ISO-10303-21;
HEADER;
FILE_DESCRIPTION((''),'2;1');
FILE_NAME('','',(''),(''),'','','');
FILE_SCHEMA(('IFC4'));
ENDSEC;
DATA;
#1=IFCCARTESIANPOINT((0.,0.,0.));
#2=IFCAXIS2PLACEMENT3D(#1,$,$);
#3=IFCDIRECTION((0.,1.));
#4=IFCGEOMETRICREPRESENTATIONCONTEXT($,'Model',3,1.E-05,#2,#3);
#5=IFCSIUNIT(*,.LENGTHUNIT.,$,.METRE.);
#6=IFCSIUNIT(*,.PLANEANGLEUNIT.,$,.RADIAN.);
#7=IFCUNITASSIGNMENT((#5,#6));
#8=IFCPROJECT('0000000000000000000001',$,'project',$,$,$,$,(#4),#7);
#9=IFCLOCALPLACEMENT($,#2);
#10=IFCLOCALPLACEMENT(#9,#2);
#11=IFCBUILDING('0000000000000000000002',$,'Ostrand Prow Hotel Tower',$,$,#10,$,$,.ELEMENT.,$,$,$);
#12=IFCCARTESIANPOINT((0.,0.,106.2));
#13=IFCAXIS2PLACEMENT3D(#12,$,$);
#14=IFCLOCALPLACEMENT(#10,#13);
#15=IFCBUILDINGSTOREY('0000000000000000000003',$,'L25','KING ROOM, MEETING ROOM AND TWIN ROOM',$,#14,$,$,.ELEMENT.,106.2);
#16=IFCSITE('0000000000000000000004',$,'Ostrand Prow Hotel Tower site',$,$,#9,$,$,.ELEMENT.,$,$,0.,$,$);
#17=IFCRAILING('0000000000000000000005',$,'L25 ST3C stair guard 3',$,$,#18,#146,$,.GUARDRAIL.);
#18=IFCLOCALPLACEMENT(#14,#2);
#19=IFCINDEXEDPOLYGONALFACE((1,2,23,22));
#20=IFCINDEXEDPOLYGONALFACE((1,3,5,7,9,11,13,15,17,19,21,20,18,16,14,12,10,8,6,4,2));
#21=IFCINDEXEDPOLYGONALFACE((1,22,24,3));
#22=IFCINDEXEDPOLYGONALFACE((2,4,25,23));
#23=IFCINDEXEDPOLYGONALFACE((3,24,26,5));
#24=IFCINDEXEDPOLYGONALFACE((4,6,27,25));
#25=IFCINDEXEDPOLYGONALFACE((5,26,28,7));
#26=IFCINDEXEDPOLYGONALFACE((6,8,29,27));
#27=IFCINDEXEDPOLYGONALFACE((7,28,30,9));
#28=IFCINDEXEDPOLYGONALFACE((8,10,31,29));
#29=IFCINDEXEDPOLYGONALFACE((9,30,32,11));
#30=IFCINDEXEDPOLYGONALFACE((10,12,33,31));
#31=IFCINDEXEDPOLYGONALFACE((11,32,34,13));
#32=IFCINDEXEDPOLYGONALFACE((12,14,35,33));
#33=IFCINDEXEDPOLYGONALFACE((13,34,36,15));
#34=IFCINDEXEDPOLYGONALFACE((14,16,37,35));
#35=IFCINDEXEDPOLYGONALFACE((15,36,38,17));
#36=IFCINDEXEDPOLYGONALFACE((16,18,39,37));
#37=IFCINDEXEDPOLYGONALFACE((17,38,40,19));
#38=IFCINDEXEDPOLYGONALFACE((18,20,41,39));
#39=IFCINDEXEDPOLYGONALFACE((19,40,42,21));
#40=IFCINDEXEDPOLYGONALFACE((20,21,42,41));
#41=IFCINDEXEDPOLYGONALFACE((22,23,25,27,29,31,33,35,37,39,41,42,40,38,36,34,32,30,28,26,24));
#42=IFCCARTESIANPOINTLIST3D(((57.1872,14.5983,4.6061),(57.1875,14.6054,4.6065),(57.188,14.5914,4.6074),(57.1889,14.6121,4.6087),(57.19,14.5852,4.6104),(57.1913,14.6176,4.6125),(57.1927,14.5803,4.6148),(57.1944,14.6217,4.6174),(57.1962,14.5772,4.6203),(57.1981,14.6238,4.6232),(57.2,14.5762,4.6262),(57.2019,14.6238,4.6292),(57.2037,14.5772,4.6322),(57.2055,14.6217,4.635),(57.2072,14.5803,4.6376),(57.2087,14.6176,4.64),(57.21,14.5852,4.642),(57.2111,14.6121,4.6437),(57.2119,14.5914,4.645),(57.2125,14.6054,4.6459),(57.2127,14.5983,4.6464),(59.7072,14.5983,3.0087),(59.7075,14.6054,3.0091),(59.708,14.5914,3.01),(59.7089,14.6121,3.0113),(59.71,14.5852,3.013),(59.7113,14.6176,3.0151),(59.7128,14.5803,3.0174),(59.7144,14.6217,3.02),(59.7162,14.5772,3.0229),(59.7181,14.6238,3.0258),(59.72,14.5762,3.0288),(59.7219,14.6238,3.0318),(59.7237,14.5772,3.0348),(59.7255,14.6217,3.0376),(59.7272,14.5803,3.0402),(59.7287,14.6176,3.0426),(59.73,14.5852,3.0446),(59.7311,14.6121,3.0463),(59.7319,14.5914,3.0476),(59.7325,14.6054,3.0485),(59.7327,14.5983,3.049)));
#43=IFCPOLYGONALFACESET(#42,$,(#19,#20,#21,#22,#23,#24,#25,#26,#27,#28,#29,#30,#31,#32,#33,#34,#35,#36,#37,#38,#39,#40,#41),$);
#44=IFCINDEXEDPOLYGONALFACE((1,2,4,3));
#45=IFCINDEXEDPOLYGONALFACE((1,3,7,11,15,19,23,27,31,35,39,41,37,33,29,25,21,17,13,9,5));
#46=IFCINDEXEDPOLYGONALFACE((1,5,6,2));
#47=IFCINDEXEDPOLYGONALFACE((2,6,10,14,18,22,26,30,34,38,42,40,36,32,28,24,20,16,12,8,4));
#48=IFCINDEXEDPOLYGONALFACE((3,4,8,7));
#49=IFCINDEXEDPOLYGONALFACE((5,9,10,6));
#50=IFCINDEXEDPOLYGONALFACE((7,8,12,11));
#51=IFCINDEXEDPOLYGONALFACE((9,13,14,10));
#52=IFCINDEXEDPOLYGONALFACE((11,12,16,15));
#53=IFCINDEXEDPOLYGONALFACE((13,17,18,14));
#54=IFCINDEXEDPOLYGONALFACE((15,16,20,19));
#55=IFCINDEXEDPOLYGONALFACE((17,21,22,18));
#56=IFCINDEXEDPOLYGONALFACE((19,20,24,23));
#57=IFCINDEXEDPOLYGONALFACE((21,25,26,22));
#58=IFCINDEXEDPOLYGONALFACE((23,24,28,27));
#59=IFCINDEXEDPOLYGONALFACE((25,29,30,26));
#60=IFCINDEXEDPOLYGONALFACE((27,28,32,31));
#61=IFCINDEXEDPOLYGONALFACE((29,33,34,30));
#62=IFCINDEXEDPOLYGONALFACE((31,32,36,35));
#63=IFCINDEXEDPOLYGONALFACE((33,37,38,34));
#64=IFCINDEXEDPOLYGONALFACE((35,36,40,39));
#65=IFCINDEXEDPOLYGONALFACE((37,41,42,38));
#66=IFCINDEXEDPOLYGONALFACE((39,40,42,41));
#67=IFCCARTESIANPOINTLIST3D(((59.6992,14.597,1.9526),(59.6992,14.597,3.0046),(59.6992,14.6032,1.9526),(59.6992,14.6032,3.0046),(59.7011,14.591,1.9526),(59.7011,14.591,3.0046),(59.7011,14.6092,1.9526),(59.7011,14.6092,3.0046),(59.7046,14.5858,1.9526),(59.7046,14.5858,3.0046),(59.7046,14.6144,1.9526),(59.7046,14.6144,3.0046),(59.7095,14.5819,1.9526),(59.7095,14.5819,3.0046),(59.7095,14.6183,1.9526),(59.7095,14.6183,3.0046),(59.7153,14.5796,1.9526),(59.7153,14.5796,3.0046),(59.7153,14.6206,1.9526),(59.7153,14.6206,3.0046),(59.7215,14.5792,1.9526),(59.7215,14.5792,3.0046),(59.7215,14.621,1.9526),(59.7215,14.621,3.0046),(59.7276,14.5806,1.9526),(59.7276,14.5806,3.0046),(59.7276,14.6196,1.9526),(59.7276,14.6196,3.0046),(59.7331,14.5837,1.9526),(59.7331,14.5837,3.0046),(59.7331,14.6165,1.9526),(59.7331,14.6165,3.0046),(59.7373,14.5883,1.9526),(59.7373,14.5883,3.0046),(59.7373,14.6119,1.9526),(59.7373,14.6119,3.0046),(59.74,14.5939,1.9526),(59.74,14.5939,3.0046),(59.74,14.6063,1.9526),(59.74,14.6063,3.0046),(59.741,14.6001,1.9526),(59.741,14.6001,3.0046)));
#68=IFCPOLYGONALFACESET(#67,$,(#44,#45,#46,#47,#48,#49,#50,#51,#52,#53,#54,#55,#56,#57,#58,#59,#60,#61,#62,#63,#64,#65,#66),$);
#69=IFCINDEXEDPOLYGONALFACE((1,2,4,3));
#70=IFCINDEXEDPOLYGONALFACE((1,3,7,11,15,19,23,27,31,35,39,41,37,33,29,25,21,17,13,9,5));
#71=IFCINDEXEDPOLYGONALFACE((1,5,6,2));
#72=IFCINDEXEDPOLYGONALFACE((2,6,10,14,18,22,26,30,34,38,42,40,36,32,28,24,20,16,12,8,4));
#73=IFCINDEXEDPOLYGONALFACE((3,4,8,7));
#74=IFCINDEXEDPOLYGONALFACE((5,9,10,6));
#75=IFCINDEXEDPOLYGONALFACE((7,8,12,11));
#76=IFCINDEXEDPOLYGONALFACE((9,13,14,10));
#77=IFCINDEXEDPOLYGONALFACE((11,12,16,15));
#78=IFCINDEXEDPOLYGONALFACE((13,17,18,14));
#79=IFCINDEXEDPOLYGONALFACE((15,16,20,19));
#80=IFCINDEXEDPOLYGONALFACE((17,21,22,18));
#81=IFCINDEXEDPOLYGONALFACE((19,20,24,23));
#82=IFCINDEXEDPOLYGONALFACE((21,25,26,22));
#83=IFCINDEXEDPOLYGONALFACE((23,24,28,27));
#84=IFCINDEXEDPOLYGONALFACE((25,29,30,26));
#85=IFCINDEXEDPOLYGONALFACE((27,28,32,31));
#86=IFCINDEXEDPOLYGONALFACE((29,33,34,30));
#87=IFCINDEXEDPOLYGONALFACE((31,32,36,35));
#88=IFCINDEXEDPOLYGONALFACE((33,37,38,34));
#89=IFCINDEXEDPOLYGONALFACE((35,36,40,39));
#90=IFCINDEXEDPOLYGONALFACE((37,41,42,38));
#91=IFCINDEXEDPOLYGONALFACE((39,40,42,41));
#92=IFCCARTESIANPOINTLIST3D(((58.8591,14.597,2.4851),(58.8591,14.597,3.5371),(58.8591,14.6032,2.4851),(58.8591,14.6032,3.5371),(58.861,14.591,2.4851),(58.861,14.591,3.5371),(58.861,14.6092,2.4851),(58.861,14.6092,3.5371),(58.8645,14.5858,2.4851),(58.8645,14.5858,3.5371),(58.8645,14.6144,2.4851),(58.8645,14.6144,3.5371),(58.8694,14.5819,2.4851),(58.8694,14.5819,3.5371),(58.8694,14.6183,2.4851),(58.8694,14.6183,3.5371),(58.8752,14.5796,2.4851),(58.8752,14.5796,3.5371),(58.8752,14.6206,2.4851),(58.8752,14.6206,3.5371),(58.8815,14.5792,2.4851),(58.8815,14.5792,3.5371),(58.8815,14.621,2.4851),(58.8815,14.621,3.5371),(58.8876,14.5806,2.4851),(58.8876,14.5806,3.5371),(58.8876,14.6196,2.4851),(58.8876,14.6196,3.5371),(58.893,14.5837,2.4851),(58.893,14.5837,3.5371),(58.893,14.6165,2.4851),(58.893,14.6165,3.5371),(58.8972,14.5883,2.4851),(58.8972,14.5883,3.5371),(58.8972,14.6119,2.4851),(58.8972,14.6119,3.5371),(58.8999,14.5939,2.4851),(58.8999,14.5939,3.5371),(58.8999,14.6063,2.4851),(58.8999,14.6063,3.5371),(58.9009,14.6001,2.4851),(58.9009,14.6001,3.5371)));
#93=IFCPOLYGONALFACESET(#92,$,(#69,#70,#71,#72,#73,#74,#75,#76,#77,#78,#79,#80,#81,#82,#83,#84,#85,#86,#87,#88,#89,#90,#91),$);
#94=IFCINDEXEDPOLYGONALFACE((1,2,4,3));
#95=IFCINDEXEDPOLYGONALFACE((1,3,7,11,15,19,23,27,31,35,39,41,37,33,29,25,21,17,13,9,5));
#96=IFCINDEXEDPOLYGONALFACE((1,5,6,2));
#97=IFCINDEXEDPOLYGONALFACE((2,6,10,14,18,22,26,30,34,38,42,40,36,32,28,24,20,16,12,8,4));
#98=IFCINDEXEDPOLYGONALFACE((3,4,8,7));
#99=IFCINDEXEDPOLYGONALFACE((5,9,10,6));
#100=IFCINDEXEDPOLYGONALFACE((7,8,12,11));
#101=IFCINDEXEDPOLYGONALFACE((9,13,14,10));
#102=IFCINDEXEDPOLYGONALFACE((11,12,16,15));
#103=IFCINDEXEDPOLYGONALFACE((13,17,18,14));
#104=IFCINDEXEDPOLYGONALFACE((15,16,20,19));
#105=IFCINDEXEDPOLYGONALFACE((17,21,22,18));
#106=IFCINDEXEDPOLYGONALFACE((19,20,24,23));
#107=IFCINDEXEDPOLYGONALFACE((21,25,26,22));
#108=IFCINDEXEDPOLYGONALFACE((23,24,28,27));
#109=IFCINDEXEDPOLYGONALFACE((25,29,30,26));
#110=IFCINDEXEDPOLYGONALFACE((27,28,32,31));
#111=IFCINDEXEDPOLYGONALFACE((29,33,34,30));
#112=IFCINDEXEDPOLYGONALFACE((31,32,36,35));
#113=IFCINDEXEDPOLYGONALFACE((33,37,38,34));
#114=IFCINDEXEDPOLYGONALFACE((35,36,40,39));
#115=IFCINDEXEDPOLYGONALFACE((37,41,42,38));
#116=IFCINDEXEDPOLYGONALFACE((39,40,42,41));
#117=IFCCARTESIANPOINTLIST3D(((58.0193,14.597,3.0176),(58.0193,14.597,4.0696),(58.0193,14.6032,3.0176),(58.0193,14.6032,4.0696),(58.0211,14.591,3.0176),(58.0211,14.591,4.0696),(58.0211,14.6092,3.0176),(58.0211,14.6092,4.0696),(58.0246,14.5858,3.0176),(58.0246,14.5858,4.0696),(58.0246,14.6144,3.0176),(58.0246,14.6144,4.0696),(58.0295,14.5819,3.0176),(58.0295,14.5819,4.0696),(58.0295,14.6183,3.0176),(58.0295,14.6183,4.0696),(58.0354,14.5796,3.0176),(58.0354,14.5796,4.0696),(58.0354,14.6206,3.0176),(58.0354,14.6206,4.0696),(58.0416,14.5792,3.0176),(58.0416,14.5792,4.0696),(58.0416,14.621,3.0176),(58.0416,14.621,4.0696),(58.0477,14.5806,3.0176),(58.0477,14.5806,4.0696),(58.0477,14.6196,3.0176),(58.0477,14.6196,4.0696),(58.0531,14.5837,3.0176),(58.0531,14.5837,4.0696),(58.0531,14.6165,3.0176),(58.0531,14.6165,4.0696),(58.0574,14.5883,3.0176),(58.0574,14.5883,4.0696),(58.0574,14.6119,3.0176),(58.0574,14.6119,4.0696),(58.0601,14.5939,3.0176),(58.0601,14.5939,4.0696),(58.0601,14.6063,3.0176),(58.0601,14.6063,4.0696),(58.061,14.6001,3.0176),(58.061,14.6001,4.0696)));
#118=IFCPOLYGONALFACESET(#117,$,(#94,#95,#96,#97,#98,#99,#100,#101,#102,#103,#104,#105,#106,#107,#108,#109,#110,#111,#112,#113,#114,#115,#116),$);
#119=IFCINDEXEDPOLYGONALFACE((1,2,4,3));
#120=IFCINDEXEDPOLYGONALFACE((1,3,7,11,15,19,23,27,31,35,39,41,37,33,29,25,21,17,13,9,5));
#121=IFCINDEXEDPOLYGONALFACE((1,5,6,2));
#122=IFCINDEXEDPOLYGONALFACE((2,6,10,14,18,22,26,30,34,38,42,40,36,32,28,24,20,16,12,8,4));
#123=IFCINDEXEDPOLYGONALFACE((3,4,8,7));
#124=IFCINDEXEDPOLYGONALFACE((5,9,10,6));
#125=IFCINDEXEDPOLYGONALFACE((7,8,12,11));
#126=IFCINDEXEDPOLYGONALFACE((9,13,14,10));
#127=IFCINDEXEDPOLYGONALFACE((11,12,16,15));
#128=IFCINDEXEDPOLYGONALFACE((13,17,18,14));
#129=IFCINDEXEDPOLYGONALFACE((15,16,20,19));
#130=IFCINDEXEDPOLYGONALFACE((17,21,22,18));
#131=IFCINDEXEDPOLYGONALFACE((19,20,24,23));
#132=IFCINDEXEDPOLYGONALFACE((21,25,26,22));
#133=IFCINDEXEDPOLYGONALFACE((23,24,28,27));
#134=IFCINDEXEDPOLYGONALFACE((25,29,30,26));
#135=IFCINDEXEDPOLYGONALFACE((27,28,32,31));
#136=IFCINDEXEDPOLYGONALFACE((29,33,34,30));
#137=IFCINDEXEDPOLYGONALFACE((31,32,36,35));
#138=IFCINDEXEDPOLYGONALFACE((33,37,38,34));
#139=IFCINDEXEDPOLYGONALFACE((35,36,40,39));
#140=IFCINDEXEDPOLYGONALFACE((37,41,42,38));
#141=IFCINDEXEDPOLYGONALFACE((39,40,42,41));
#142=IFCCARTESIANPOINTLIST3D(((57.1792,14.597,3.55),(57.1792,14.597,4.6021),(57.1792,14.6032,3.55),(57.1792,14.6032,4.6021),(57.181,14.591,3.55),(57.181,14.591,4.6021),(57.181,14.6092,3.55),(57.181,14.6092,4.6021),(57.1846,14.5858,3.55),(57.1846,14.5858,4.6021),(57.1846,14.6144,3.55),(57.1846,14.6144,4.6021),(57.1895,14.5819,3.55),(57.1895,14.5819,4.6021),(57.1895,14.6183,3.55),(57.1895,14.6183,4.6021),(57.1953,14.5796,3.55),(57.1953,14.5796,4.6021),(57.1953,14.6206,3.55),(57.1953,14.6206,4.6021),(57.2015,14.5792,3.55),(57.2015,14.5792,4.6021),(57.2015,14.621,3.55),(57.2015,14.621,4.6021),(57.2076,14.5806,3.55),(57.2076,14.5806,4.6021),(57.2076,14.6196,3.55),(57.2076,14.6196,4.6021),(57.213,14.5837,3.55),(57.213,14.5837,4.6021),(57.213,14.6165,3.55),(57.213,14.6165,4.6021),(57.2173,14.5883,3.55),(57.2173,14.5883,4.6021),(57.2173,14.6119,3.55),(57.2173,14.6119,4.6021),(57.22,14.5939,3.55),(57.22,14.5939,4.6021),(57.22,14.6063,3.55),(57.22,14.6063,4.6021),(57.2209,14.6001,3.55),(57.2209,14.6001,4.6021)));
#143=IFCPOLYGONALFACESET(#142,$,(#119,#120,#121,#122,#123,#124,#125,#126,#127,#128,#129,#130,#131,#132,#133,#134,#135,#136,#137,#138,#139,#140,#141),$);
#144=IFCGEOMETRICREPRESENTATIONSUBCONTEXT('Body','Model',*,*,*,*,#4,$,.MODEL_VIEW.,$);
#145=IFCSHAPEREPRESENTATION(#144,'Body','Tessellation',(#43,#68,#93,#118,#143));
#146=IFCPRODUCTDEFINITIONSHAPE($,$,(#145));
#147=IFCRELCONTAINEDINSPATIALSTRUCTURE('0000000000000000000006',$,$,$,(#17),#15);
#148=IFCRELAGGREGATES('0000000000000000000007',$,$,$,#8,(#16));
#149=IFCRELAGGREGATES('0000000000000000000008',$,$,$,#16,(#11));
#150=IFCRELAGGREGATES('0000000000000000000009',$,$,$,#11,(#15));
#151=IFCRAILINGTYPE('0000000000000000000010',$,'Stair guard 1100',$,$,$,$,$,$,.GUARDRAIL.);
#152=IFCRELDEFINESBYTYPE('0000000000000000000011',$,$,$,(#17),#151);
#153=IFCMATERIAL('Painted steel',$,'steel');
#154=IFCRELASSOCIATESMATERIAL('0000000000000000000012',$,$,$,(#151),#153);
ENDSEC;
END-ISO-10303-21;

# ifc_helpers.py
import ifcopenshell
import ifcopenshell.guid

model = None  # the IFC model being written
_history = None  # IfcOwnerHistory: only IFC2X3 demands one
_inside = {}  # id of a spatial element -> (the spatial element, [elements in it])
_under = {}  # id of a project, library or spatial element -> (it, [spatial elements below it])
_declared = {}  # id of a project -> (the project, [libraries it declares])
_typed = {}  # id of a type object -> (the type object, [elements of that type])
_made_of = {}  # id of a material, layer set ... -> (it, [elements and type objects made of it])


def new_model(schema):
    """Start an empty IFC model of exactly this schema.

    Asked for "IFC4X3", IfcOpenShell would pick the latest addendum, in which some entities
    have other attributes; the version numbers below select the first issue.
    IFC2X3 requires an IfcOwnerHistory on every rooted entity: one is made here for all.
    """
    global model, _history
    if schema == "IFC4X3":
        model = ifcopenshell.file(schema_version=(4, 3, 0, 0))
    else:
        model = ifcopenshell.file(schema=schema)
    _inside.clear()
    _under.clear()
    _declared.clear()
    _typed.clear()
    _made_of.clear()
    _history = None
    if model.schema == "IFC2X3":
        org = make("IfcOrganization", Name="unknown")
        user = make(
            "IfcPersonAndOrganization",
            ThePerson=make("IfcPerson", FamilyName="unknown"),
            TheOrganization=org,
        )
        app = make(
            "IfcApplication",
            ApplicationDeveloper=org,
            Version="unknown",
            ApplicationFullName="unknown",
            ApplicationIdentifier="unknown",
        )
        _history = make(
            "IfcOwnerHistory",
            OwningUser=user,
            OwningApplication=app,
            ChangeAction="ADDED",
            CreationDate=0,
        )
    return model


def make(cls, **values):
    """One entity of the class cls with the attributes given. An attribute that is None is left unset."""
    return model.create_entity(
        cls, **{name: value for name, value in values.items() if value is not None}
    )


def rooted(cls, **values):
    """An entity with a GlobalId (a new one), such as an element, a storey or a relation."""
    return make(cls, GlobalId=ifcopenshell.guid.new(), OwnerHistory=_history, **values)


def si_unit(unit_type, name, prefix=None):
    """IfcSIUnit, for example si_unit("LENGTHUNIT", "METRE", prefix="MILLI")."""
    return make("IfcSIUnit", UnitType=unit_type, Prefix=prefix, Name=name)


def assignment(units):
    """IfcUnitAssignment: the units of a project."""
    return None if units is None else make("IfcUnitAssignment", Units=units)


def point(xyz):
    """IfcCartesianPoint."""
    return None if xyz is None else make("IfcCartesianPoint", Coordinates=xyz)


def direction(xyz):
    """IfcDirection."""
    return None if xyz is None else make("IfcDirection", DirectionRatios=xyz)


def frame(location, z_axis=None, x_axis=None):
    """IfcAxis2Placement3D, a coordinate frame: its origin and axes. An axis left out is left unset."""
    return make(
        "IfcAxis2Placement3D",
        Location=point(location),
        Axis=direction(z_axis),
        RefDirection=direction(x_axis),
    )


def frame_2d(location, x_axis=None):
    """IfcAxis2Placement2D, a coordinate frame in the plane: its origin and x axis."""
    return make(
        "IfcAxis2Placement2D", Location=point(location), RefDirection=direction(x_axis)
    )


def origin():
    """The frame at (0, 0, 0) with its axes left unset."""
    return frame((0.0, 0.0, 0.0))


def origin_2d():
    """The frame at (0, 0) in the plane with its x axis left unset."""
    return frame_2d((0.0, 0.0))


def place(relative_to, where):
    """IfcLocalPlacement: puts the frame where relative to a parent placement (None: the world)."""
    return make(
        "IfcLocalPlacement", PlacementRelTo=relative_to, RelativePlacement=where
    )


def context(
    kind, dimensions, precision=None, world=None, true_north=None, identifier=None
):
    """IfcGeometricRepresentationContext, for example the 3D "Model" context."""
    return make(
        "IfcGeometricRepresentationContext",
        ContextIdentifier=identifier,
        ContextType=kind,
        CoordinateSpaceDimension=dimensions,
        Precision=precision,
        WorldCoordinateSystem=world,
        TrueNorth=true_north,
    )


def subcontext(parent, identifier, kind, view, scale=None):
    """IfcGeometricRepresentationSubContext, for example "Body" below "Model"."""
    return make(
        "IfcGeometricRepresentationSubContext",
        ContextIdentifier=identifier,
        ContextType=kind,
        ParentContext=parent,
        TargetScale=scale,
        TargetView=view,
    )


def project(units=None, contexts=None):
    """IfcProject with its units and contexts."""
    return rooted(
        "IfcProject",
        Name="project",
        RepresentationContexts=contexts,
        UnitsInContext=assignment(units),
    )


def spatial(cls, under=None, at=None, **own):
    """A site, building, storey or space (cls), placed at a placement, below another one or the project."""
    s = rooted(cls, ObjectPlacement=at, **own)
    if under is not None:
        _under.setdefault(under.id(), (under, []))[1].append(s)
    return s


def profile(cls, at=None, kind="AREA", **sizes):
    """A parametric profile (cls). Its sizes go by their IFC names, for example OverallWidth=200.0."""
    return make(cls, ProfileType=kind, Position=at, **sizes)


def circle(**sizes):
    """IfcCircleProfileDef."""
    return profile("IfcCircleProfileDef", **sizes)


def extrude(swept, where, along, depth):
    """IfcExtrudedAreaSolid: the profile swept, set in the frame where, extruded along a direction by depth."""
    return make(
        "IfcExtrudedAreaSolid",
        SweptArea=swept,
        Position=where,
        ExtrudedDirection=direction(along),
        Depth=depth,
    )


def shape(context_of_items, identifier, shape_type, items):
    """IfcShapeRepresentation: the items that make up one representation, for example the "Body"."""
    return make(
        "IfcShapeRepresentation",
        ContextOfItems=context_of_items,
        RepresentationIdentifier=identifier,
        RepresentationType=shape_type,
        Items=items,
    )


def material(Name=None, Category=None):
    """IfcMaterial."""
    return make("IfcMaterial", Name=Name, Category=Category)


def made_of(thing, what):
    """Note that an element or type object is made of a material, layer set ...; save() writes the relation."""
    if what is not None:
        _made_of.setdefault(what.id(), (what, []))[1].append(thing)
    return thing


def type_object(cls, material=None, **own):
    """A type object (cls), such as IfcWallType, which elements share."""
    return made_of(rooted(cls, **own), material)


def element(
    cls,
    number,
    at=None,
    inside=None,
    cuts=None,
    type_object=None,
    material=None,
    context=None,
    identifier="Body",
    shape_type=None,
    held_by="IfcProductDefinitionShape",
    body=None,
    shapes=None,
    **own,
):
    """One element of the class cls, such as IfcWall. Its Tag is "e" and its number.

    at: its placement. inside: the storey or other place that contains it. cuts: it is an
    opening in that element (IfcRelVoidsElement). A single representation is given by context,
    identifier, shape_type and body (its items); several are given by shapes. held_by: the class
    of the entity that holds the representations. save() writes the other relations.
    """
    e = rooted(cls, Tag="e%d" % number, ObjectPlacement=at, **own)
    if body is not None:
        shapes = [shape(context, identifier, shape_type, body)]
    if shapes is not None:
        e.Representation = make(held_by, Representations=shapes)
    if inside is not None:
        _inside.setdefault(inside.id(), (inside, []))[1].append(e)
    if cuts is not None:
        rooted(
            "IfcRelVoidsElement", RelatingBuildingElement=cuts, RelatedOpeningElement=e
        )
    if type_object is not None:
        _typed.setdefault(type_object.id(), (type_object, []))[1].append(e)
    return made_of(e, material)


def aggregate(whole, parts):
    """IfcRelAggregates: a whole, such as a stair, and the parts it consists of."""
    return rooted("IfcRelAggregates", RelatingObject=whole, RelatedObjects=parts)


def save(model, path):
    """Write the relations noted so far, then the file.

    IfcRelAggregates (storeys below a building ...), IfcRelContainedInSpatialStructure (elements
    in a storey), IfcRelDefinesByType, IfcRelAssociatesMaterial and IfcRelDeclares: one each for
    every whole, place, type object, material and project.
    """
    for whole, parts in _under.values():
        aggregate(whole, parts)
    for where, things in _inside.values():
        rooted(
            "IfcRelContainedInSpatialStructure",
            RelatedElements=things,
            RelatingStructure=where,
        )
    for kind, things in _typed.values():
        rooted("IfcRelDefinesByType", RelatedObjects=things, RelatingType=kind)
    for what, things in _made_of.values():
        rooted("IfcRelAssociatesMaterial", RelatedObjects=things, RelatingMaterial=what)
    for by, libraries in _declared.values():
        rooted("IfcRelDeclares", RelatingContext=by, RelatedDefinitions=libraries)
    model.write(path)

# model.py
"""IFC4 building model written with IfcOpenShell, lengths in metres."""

from ifc_helpers import new_model, si_unit, direction, frame, origin, origin_2d, place, context, subcontext, project, spatial, circle, extrude, material, type_object, element, save


model = new_model("IFC4")

# Units and contexts
model_context = context("Model", 3, precision=1e-05, world=origin(), true_north=direction((0.0, 1.0)))
body_context = subcontext(model_context, "Body", "Model", "MODEL_VIEW")
ifc_project = project(units=[si_unit("LENGTHUNIT", "METRE"), si_unit("PLANEANGLEUNIT", "RADIAN")], contexts=[model_context])

# Site, building, storey
site_placement = place(None, origin())
site = spatial("IfcSite", under=ifc_project, at=site_placement, Name="Ostrand Prow Hotel Tower site", CompositionType="ELEMENT", RefElevation=0.0)
building_placement = place(site_placement, origin())
building = spatial("IfcBuilding", under=site, at=building_placement, Name="Ostrand Prow Hotel Tower", CompositionType="ELEMENT")
storey_placement = place(building_placement, frame((0.0, 0.0, 106.2)))
storey = spatial("IfcBuildingStorey", under=building, at=storey_placement, Name="L25", Description="KING ROOM, MEETING ROOM AND TWIN ROOM", CompositionType="ELEMENT", Elevation=106.2)

# Railing
ifc_material_1 = material(Name="Painted steel", Category="steel")
railing_type_1 = type_object("IfcRailingType", Name="Stair guard 1100", PredefinedType="GUARDRAIL", material=ifc_material_1)
railing_1_placement = place(storey_placement, frame((59.72, 14.6001, 1.9526)))
element("IfcRailing", 1, at=railing_1_placement, inside=storey, type_object=railing_type_1, Name="L25 ST3C stair guard 3", PredefinedType="GUARDRAIL", context=body_context, shape_type="SweptSolid", body=[
    extrude(circle(Radius=0.0239, at=origin_2d()), frame((0.0, 0.0, 1.0762), z_axis=(-0.844607, 0.0, 0.535387), x_axis=(0.0, -1.0, 0.0)), (0.0, 0.0, 1.0), 2.9836),
    extrude(circle(Radius=0.021, at=origin_2d()), origin(), (0.0, 0.0, 1.0), 1.052),
    extrude(circle(Radius=0.021, at=origin_2d()), frame((-0.8401, 0.0, 0.5325)), (0.0, 0.0, 1.0), 1.052),
    extrude(circle(Radius=0.021, at=origin_2d()), frame((-1.6799, 0.0, 1.0649)), (0.0, 0.0, 1.0), 1.052),
    extrude(circle(Radius=0.021, at=origin_2d()), frame((-2.52, 0.0, 1.5974)), (0.0, 0.0, 1.0), 1.052),
])

save(model, "model.ifc")
